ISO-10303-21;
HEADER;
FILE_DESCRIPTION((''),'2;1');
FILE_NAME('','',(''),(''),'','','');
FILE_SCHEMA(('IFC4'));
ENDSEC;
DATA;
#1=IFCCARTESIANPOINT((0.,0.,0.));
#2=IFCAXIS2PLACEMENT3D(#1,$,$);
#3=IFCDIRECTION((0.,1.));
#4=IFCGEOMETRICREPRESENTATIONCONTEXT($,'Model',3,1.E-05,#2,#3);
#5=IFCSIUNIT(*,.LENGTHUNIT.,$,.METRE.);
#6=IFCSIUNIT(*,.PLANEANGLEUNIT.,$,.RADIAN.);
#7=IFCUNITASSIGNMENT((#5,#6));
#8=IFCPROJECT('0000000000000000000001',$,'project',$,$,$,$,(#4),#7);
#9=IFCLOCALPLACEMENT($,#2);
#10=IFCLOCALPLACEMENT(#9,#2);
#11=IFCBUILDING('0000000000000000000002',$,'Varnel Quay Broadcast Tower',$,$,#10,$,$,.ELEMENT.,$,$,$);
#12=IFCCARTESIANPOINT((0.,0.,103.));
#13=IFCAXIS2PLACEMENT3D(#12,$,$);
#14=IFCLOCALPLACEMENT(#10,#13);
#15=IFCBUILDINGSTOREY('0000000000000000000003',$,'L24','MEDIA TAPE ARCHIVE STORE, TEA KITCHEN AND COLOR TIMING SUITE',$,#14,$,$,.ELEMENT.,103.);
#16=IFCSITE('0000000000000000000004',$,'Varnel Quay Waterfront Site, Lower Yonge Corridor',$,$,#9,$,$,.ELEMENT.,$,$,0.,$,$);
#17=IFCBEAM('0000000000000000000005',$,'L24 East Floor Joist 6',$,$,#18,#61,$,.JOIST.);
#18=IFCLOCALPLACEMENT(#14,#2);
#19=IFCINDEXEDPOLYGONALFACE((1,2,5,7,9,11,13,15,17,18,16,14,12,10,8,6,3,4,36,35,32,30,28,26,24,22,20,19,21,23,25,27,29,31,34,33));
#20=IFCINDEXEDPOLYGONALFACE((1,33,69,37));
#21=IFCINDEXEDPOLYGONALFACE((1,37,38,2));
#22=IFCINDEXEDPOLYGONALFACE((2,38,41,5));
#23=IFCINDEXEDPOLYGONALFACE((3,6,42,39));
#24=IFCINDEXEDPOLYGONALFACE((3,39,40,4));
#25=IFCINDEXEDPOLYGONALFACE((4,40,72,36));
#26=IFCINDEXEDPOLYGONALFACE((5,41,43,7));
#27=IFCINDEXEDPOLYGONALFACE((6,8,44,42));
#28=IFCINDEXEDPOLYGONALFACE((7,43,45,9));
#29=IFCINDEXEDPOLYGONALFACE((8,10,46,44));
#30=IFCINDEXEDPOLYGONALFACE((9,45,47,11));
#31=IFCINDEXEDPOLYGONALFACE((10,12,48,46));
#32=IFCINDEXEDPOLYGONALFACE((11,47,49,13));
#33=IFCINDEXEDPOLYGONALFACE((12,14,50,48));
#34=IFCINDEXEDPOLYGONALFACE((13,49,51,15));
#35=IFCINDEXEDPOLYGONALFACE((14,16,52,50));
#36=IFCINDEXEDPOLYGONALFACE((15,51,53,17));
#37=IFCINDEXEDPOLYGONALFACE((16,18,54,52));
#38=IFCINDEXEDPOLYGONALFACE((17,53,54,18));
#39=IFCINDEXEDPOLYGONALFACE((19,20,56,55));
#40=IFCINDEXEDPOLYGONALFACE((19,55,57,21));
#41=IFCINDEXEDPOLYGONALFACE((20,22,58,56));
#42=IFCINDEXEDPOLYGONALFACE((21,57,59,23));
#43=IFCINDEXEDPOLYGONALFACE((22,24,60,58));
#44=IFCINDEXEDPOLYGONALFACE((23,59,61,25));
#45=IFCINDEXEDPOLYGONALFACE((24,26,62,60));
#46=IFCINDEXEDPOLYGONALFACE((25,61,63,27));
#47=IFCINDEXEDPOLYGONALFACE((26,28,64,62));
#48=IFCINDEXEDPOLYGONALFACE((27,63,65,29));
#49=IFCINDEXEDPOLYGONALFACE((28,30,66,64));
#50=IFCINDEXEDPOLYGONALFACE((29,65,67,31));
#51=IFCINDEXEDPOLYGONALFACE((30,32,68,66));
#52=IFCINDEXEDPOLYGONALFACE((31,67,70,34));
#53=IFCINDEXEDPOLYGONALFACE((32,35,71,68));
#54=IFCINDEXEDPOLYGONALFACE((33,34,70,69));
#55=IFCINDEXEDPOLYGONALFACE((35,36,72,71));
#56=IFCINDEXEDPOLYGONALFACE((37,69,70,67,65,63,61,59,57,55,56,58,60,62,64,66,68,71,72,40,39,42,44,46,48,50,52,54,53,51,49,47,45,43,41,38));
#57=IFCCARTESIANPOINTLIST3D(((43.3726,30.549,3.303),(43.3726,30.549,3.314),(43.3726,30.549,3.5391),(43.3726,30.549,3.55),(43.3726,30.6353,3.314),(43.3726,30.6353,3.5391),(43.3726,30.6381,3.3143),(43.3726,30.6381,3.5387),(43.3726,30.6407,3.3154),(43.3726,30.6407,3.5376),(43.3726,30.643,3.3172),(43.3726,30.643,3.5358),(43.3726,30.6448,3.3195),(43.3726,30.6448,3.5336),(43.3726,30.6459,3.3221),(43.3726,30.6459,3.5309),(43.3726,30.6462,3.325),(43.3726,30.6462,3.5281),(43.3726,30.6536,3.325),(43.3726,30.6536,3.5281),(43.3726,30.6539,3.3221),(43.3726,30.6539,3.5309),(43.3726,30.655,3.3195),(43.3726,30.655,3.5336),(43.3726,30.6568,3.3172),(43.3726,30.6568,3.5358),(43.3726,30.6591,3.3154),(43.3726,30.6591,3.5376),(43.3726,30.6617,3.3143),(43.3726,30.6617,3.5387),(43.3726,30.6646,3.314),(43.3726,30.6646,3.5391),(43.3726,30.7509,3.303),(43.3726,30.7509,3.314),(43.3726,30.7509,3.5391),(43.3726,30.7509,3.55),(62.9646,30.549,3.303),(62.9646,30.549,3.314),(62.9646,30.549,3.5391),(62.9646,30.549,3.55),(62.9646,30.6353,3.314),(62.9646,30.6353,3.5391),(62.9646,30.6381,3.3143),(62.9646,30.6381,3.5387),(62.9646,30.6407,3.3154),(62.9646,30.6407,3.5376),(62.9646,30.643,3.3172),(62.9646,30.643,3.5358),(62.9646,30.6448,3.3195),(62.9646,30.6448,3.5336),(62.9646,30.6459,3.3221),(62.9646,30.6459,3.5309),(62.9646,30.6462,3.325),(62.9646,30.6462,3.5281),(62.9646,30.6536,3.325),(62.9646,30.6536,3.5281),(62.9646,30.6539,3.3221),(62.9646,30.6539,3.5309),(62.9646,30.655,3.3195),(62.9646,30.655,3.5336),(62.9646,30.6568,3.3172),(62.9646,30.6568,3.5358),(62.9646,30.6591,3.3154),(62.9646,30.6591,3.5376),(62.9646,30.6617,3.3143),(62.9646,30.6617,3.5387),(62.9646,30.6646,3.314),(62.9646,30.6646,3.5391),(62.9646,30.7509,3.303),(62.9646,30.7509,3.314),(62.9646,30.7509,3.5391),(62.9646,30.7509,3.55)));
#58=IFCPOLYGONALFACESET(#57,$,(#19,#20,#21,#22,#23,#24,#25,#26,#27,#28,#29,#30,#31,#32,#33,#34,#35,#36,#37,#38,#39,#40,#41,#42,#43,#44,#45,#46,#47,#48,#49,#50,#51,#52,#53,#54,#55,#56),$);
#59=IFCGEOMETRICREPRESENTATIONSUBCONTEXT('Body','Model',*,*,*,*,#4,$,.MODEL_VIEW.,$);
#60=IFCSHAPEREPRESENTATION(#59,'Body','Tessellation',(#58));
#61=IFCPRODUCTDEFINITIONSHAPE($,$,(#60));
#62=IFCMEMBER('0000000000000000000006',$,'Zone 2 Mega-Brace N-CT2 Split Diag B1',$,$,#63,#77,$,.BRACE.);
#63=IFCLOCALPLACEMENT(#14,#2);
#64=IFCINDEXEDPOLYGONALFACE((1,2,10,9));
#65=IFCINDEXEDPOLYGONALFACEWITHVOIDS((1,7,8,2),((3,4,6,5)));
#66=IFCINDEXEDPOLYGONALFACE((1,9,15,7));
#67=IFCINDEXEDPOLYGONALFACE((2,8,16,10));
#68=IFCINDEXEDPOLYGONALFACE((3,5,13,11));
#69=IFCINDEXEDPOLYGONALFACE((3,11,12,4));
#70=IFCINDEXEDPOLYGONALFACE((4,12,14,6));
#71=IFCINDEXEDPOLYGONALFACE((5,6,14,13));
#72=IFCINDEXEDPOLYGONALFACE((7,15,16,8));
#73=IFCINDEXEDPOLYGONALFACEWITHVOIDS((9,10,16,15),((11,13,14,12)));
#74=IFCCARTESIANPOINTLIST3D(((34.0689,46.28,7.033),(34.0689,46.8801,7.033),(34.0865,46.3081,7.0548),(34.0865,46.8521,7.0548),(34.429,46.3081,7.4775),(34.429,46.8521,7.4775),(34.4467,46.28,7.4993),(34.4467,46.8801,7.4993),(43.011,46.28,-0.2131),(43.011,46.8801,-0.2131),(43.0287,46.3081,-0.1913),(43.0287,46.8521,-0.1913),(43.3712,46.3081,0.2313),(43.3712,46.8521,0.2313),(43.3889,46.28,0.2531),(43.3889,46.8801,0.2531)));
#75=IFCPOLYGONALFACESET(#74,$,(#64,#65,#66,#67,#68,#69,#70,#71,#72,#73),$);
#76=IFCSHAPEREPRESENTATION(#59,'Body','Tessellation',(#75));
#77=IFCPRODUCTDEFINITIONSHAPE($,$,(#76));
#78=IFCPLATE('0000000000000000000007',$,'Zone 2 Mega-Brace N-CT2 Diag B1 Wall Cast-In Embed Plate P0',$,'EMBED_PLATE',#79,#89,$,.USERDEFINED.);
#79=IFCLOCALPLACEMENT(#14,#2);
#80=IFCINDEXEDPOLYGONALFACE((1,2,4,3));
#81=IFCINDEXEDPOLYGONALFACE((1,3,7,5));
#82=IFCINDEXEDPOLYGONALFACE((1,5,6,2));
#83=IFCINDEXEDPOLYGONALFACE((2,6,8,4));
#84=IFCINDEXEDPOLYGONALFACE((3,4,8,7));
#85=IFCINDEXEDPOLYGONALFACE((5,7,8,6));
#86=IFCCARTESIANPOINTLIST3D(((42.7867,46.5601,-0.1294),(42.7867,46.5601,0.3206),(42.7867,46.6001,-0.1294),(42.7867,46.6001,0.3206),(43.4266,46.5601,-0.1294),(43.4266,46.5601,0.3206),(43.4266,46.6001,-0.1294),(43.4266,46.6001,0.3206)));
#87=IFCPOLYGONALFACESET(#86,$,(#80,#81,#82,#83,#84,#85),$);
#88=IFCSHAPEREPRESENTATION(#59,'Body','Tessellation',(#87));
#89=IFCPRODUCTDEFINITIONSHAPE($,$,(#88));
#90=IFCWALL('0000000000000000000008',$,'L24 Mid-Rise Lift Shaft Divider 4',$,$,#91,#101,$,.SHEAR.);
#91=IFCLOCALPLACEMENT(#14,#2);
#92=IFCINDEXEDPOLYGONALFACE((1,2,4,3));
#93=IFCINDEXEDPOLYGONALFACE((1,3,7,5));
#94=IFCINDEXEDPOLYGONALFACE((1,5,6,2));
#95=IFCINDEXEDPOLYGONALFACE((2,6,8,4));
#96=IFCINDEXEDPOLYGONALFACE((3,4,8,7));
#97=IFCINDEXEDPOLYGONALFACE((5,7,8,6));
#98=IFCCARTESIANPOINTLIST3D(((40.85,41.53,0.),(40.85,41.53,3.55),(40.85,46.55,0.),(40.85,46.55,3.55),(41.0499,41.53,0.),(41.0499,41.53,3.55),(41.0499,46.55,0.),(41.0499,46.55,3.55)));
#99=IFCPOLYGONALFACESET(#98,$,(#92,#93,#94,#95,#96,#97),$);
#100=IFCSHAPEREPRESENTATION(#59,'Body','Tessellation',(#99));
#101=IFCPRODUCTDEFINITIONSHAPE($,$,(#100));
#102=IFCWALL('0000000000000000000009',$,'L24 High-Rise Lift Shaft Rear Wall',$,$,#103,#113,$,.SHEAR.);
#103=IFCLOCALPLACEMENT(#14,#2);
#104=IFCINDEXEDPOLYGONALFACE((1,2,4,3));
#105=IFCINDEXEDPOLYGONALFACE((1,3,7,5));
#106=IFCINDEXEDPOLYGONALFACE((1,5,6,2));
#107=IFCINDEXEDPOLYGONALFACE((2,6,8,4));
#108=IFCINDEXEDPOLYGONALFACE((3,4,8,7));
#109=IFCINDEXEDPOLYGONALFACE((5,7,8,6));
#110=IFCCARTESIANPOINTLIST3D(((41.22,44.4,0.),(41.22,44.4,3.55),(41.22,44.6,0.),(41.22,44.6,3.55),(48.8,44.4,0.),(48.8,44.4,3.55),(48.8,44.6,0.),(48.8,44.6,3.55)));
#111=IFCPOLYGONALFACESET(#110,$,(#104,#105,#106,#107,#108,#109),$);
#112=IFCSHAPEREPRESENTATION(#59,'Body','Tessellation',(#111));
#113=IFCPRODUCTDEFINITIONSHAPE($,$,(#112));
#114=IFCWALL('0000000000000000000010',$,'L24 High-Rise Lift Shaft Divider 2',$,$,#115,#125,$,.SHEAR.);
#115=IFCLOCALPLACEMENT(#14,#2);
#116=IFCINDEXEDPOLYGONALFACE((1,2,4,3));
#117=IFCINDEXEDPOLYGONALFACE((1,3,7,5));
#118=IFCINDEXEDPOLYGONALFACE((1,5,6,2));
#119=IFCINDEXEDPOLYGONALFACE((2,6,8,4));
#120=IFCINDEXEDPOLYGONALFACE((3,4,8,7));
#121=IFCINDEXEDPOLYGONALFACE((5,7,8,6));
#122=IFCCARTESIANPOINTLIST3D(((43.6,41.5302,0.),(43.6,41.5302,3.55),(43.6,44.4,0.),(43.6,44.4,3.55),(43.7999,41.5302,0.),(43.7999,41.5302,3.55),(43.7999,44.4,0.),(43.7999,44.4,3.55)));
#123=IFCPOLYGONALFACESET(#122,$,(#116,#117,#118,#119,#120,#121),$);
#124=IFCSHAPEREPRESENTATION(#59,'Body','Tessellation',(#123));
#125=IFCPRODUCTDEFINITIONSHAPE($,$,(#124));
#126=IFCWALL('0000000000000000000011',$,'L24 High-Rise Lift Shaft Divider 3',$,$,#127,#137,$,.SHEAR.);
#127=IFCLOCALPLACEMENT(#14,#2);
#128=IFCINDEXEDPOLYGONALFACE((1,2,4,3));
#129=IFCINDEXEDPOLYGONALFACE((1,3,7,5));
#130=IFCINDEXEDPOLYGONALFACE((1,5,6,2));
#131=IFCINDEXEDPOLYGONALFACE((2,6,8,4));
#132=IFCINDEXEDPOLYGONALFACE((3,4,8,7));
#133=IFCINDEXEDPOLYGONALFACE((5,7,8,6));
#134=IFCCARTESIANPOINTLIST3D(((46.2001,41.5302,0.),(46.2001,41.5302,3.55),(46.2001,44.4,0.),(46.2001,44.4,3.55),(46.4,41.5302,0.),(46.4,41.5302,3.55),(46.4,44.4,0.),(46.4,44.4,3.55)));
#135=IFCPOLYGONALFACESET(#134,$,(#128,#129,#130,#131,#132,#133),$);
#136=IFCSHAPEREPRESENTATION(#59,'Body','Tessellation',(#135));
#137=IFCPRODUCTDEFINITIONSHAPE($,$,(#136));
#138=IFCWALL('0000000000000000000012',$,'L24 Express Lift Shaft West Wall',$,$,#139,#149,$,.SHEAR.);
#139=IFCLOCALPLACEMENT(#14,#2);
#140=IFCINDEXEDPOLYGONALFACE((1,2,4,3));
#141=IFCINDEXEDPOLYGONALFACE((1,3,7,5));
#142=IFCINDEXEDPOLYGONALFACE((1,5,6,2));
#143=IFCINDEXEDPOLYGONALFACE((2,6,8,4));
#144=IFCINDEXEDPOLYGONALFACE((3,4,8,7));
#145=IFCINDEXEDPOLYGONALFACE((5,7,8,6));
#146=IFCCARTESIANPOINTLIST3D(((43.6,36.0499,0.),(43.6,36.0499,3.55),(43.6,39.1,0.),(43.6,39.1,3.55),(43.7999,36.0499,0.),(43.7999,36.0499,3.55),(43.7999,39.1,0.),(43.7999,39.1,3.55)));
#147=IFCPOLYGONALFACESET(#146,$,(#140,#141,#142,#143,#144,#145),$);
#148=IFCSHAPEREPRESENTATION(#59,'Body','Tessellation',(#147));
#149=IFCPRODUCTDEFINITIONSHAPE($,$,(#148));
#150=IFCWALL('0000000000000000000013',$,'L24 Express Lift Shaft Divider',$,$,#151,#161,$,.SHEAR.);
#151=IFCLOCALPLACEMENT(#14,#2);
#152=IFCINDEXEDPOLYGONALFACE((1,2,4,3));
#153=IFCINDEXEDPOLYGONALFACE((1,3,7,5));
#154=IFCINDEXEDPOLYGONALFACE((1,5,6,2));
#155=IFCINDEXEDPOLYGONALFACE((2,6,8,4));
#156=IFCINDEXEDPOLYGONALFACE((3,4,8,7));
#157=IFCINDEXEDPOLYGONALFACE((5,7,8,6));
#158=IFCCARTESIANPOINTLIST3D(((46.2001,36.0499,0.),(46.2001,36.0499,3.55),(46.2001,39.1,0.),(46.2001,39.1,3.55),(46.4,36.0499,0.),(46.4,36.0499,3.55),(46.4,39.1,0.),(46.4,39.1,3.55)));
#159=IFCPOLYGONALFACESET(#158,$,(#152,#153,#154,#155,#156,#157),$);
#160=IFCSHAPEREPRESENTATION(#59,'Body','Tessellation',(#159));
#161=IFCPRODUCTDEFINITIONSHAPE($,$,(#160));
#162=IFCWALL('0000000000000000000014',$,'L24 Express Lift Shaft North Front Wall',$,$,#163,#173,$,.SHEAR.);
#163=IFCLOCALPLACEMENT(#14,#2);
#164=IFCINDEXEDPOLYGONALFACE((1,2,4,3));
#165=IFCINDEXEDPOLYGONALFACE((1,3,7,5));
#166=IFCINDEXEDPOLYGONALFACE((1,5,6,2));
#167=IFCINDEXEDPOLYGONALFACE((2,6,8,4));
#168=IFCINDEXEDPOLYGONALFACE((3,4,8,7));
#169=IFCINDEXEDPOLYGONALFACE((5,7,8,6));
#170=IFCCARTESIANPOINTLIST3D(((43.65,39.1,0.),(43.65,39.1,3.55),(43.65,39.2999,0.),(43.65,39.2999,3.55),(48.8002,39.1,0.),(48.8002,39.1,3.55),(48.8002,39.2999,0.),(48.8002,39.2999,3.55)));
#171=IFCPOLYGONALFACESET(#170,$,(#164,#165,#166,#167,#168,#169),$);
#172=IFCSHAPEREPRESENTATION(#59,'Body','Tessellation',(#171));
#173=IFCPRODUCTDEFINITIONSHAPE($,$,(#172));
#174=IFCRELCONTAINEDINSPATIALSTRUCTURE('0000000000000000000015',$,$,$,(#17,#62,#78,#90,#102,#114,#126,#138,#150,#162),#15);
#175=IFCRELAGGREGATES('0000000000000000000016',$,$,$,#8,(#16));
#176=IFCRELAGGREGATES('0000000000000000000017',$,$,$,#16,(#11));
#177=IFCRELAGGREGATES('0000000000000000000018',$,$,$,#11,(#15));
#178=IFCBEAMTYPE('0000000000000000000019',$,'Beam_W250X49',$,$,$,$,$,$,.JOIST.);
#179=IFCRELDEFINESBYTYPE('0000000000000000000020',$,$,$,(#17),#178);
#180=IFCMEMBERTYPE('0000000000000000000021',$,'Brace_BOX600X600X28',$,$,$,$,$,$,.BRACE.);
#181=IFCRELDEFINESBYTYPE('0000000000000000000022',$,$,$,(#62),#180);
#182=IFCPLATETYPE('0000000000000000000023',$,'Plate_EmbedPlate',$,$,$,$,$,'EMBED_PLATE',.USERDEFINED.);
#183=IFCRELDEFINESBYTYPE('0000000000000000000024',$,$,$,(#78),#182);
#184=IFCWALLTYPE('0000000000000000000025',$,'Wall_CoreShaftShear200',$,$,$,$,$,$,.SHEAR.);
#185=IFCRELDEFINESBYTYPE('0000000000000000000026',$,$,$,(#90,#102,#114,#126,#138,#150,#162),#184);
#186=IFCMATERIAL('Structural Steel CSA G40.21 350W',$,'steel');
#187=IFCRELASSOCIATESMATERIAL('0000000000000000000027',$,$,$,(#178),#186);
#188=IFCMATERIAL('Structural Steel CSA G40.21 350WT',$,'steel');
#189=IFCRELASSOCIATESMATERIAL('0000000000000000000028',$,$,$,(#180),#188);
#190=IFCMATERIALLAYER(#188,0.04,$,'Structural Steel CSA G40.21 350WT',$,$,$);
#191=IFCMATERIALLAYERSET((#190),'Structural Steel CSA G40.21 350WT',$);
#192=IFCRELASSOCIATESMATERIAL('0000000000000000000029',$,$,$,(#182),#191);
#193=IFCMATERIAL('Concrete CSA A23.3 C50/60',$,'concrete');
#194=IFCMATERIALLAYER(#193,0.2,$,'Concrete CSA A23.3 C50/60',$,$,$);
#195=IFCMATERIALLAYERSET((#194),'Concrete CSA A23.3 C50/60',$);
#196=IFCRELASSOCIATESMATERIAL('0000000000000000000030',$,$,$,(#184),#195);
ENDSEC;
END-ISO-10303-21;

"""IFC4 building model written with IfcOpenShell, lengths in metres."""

from ifc_helpers import new_model, si_unit, direction, frame, frame_2d, origin, origin_2d, place, context, subcontext, project, spatial, rectangle, hollow_rectangle, i_section, extrude, source, transform, mapped, material, layer, layer_set, material_profile, profile_set, type_object, type_shapes, element, save


model = new_model("IFC4")

# Units and contexts
model_context = context("Model", 3, precision=1e-05, world=origin(), true_north=direction((0.0, 1.0)))
body_context = subcontext(model_context, "Body", "Model", "MODEL_VIEW")
ifc_project = project(units=[si_unit("LENGTHUNIT", "METRE"), si_unit("PLANEANGLEUNIT", "RADIAN")], contexts=[model_context])

# Site, building, storey
site_placement = place(None, origin())
site = spatial("IfcSite", under=ifc_project, at=site_placement, Name="Varnel Quay Waterfront Site, Lower Yonge Corridor", CompositionType="ELEMENT", RefElevation=0.0)
building_placement = place(site_placement, origin())
building = spatial("IfcBuilding", under=site, at=building_placement, Name="Varnel Quay Broadcast Tower", CompositionType="ELEMENT")
storey_placement = place(building_placement, frame((0.0, 0.0, 103.0)))
storey = spatial("IfcBuildingStorey", under=building, at=storey_placement, Name="L24", Description="MEDIA TAPE ARCHIVE STORE, TEA KITCHEN AND COLOR TIMING SUITE", CompositionType="ELEMENT", Elevation=103.0)

# Shared definitions
ifc_material_1 = material(Name="Structural Steel CSA G40.21 350WT", Category="steel")

# Beam
ifc_material_2 = material(Name="Structural Steel CSA G40.21 350W", Category="steel")
ifc_material_profile_1 = material_profile(ifc_material_2, i_section(OverallWidth=0.2019, OverallDepth=0.2471, WebThickness=0.0073, FlangeThickness=0.011, FilletRadius=0.011, at=origin_2d()), Name="W250X49")
ifc_profile_set_1 = profile_set([ifc_material_profile_1], Name="Structural Steel CSA G40.21 350W")
beam_type_1 = type_object("IfcBeamType", Name="Beam_W250X49", PredefinedType="JOIST", material=ifc_profile_set_1)
shared_shape_1 = source(origin(), body_context, "Body", "SweptSolid", [
    extrude(i_section(OverallWidth=0.2019, OverallDepth=0.2471, WebThickness=0.0073, FlangeThickness=0.011, FilletRadius=0.011, at=origin_2d()), origin(), (0.0, 0.0, 1.0), 19.592),
])
type_shapes(beam_type_1, [shared_shape_1])
beam_1_placement = place(storey_placement, frame((43.3726, 30.6499, 3.4265), z_axis=(1.0, 0.0, 0.0), x_axis=(0.0, 1.0, 0.0)))
element("IfcBeam", 1, at=beam_1_placement, inside=storey, type_object=beam_type_1, Name="L24 East Floor Joist 6", PredefinedType="JOIST", context=body_context, shape_type="MappedRepresentation", body=[
    mapped(shared_shape_1, transform((0.0, 0.0, 0.0), x_axis=(1.0, 0.0, 0.0), y_axis=(0.0, 1.0, 0.0), z_axis=(0.0, 0.0, 1.0), scale=1.0)),
])

# Member
ifc_material_profile_2 = material_profile(ifc_material_1, hollow_rectangle(XDim=0.6001, YDim=0.6001, WallThickness=0.0281, at=origin_2d()), Name="BOX600X600X28")
ifc_profile_set_2 = profile_set([ifc_material_profile_2], Name="Structural Steel CSA G40.21 350WT")
member_type = type_object("IfcMemberType", Name="Brace_BOX600X600X28", PredefinedType="BRACE", material=ifc_profile_set_2)
shared_shape_2 = source(origin(), body_context, "Body", "SweptSolid", [
    extrude(hollow_rectangle(XDim=0.6001, YDim=0.6001, WallThickness=0.0281, at=origin_2d()), origin(), (0.0, 0.0, 1.0), 11.5095),
])
type_shapes(member_type, [shared_shape_2])
member_placement = place(storey_placement, frame((43.2, 46.5801, 0.02), z_axis=(-0.776938, 0.0, 0.629577), x_axis=(0.0, -1.0, 0.0)))
element("IfcMember", 2, at=member_placement, inside=storey, type_object=member_type, Name="Zone 2 Mega-Brace N-CT2 Split Diag B1", PredefinedType="BRACE", context=body_context, shape_type="MappedRepresentation", body=[
    mapped(shared_shape_2, transform((0.0, 0.0, 0.0), x_axis=(1.0, 0.0, 0.0), y_axis=(0.0, 1.0, 0.0), z_axis=(0.0, 0.0, 1.0), scale=1.0)),
])

# Plate
ifc_layer_1 = layer(ifc_material_1, 0.04, Name="Structural Steel CSA G40.21 350WT")
ifc_layer_set_1 = layer_set([ifc_layer_1], Name="Structural Steel CSA G40.21 350WT")
plate_type = type_object("IfcPlateType", Name="Plate_EmbedPlate", ElementType="EMBED_PLATE", PredefinedType="USERDEFINED", material=ifc_layer_set_1)
shared_shape_3 = source(origin(), body_context, "Body", "SweptSolid", [
    extrude(rectangle(XDim=0.6399, YDim=0.04, at=origin_2d()), origin(), (0.0, 0.0, 1.0), 0.45),
])
type_shapes(plate_type, [shared_shape_3])
plate_placement = place(storey_placement, frame((43.1067, 46.5801, -0.1294), z_axis=(0.0, 0.0, 1.0), x_axis=(1.0, 0.0, 0.0)))
element("IfcPlate", 3, at=plate_placement, inside=storey, type_object=plate_type, Name="Zone 2 Mega-Brace N-CT2 Diag B1 Wall Cast-In Embed Plate P0", ObjectType="EMBED_PLATE", PredefinedType="USERDEFINED", context=body_context, shape_type="MappedRepresentation", body=[
    mapped(shared_shape_3, transform((0.0, 0.0, 0.0), x_axis=(1.0, 0.0, 0.0), y_axis=(0.0, 1.0, 0.0), z_axis=(0.0, 0.0, 1.0), scale=1.0)),
])

# Walls
ifc_material_3 = material(Name="Concrete CSA A23.3 C50/60", Category="concrete")
ifc_layer_2 = layer(ifc_material_3, 0.2, Name="Concrete CSA A23.3 C50/60")
ifc_layer_set_2 = layer_set([ifc_layer_2], Name="Concrete CSA A23.3 C50/60")
wall_type_1 = type_object("IfcWallType", Name="Wall_CoreShaftShear200", PredefinedType="SHEAR", material=ifc_layer_set_2)
wall_1_placement = place(storey_placement, frame((40.95, 41.53, 0.0), z_axis=(0.0, 0.0, 1.0), x_axis=(0.0, 1.0, 0.0)))
element("IfcWall", 4, at=wall_1_placement, inside=storey, type_object=wall_type_1, Name="L24 Mid-Rise Lift Shaft Divider 4", PredefinedType="SHEAR", context=body_context, shape_type="SweptSolid", body=[
    extrude(rectangle(XDim=5.02, YDim=0.2, at=frame_2d((2.51, 0.0))), origin(), (0.0, 0.0, 1.0), 3.55),
])
wall_2_placement = place(storey_placement, frame((41.22, 44.5, 0.0), z_axis=(0.0, 0.0, 1.0), x_axis=(1.0, 0.0, 0.0)))
element("IfcWall", 5, at=wall_2_placement, inside=storey, type_object=wall_type_1, Name="L24 High-Rise Lift Shaft Rear Wall", PredefinedType="SHEAR", context=body_context, shape_type="SweptSolid", body=[
    extrude(rectangle(XDim=7.5801, YDim=0.2, at=frame_2d((3.79, 0.0))), origin(), (0.0, 0.0, 1.0), 3.55),
])
for number, where, z_axis, x_axis, name in (
    (6, (43.7, 41.53, 0.0), (0.0, 0.0, 1.0), (0.0, 1.0, 0.0), "L24 High-Rise Lift Shaft Divider 2"),
    (7, (46.3, 41.53, 0.0), (0.0, 0.0, 1.0), (0.0, 1.0, 0.0), "L24 High-Rise Lift Shaft Divider 3"),
):
    element("IfcWall", number, at=place(storey_placement, frame(where, z_axis=z_axis, x_axis=x_axis)), inside=storey, type_object=wall_type_1, Name=name, PredefinedType="SHEAR", context=body_context, shape_type="SweptSolid", body=[
        extrude(rectangle(XDim=2.8699, YDim=0.2, at=frame_2d((1.4351, 0.0))), origin(), (0.0, 0.0, 1.0), 3.55),
    ])
for number, where, z_axis, x_axis, name in (
    (8, (43.7, 36.05, 0.0), (0.0, 0.0, 1.0), (0.0, 1.0, 0.0), "L24 Express Lift Shaft West Wall"),
    (9, (46.3, 36.05, 0.0), (0.0, 0.0, 1.0), (0.0, 1.0, 0.0), "L24 Express Lift Shaft Divider"),
):
    element("IfcWall", number, at=place(storey_placement, frame(where, z_axis=z_axis, x_axis=x_axis)), inside=storey, type_object=wall_type_1, Name=name, PredefinedType="SHEAR", context=body_context, shape_type="SweptSolid", body=[
        extrude(rectangle(XDim=3.05, YDim=0.2, at=frame_2d((1.5249, 0.0))), origin(), (0.0, 0.0, 1.0), 3.55),
    ])
wall_3_placement = place(storey_placement, frame((43.6499, 39.2, 0.0), z_axis=(0.0, 0.0, 1.0), x_axis=(1.0, 0.0, 0.0)))
element("IfcWall", 10, at=wall_3_placement, inside=storey, type_object=wall_type_1, Name="L24 Express Lift Shaft North Front Wall", PredefinedType="SHEAR", context=body_context, shape_type="SweptSolid", body=[
    extrude(rectangle(XDim=5.1501, YDim=0.2, at=frame_2d((2.5752, 0.0))), origin(), (0.0, 0.0, 1.0), 3.55),
])

save(model, "model.ifc")
